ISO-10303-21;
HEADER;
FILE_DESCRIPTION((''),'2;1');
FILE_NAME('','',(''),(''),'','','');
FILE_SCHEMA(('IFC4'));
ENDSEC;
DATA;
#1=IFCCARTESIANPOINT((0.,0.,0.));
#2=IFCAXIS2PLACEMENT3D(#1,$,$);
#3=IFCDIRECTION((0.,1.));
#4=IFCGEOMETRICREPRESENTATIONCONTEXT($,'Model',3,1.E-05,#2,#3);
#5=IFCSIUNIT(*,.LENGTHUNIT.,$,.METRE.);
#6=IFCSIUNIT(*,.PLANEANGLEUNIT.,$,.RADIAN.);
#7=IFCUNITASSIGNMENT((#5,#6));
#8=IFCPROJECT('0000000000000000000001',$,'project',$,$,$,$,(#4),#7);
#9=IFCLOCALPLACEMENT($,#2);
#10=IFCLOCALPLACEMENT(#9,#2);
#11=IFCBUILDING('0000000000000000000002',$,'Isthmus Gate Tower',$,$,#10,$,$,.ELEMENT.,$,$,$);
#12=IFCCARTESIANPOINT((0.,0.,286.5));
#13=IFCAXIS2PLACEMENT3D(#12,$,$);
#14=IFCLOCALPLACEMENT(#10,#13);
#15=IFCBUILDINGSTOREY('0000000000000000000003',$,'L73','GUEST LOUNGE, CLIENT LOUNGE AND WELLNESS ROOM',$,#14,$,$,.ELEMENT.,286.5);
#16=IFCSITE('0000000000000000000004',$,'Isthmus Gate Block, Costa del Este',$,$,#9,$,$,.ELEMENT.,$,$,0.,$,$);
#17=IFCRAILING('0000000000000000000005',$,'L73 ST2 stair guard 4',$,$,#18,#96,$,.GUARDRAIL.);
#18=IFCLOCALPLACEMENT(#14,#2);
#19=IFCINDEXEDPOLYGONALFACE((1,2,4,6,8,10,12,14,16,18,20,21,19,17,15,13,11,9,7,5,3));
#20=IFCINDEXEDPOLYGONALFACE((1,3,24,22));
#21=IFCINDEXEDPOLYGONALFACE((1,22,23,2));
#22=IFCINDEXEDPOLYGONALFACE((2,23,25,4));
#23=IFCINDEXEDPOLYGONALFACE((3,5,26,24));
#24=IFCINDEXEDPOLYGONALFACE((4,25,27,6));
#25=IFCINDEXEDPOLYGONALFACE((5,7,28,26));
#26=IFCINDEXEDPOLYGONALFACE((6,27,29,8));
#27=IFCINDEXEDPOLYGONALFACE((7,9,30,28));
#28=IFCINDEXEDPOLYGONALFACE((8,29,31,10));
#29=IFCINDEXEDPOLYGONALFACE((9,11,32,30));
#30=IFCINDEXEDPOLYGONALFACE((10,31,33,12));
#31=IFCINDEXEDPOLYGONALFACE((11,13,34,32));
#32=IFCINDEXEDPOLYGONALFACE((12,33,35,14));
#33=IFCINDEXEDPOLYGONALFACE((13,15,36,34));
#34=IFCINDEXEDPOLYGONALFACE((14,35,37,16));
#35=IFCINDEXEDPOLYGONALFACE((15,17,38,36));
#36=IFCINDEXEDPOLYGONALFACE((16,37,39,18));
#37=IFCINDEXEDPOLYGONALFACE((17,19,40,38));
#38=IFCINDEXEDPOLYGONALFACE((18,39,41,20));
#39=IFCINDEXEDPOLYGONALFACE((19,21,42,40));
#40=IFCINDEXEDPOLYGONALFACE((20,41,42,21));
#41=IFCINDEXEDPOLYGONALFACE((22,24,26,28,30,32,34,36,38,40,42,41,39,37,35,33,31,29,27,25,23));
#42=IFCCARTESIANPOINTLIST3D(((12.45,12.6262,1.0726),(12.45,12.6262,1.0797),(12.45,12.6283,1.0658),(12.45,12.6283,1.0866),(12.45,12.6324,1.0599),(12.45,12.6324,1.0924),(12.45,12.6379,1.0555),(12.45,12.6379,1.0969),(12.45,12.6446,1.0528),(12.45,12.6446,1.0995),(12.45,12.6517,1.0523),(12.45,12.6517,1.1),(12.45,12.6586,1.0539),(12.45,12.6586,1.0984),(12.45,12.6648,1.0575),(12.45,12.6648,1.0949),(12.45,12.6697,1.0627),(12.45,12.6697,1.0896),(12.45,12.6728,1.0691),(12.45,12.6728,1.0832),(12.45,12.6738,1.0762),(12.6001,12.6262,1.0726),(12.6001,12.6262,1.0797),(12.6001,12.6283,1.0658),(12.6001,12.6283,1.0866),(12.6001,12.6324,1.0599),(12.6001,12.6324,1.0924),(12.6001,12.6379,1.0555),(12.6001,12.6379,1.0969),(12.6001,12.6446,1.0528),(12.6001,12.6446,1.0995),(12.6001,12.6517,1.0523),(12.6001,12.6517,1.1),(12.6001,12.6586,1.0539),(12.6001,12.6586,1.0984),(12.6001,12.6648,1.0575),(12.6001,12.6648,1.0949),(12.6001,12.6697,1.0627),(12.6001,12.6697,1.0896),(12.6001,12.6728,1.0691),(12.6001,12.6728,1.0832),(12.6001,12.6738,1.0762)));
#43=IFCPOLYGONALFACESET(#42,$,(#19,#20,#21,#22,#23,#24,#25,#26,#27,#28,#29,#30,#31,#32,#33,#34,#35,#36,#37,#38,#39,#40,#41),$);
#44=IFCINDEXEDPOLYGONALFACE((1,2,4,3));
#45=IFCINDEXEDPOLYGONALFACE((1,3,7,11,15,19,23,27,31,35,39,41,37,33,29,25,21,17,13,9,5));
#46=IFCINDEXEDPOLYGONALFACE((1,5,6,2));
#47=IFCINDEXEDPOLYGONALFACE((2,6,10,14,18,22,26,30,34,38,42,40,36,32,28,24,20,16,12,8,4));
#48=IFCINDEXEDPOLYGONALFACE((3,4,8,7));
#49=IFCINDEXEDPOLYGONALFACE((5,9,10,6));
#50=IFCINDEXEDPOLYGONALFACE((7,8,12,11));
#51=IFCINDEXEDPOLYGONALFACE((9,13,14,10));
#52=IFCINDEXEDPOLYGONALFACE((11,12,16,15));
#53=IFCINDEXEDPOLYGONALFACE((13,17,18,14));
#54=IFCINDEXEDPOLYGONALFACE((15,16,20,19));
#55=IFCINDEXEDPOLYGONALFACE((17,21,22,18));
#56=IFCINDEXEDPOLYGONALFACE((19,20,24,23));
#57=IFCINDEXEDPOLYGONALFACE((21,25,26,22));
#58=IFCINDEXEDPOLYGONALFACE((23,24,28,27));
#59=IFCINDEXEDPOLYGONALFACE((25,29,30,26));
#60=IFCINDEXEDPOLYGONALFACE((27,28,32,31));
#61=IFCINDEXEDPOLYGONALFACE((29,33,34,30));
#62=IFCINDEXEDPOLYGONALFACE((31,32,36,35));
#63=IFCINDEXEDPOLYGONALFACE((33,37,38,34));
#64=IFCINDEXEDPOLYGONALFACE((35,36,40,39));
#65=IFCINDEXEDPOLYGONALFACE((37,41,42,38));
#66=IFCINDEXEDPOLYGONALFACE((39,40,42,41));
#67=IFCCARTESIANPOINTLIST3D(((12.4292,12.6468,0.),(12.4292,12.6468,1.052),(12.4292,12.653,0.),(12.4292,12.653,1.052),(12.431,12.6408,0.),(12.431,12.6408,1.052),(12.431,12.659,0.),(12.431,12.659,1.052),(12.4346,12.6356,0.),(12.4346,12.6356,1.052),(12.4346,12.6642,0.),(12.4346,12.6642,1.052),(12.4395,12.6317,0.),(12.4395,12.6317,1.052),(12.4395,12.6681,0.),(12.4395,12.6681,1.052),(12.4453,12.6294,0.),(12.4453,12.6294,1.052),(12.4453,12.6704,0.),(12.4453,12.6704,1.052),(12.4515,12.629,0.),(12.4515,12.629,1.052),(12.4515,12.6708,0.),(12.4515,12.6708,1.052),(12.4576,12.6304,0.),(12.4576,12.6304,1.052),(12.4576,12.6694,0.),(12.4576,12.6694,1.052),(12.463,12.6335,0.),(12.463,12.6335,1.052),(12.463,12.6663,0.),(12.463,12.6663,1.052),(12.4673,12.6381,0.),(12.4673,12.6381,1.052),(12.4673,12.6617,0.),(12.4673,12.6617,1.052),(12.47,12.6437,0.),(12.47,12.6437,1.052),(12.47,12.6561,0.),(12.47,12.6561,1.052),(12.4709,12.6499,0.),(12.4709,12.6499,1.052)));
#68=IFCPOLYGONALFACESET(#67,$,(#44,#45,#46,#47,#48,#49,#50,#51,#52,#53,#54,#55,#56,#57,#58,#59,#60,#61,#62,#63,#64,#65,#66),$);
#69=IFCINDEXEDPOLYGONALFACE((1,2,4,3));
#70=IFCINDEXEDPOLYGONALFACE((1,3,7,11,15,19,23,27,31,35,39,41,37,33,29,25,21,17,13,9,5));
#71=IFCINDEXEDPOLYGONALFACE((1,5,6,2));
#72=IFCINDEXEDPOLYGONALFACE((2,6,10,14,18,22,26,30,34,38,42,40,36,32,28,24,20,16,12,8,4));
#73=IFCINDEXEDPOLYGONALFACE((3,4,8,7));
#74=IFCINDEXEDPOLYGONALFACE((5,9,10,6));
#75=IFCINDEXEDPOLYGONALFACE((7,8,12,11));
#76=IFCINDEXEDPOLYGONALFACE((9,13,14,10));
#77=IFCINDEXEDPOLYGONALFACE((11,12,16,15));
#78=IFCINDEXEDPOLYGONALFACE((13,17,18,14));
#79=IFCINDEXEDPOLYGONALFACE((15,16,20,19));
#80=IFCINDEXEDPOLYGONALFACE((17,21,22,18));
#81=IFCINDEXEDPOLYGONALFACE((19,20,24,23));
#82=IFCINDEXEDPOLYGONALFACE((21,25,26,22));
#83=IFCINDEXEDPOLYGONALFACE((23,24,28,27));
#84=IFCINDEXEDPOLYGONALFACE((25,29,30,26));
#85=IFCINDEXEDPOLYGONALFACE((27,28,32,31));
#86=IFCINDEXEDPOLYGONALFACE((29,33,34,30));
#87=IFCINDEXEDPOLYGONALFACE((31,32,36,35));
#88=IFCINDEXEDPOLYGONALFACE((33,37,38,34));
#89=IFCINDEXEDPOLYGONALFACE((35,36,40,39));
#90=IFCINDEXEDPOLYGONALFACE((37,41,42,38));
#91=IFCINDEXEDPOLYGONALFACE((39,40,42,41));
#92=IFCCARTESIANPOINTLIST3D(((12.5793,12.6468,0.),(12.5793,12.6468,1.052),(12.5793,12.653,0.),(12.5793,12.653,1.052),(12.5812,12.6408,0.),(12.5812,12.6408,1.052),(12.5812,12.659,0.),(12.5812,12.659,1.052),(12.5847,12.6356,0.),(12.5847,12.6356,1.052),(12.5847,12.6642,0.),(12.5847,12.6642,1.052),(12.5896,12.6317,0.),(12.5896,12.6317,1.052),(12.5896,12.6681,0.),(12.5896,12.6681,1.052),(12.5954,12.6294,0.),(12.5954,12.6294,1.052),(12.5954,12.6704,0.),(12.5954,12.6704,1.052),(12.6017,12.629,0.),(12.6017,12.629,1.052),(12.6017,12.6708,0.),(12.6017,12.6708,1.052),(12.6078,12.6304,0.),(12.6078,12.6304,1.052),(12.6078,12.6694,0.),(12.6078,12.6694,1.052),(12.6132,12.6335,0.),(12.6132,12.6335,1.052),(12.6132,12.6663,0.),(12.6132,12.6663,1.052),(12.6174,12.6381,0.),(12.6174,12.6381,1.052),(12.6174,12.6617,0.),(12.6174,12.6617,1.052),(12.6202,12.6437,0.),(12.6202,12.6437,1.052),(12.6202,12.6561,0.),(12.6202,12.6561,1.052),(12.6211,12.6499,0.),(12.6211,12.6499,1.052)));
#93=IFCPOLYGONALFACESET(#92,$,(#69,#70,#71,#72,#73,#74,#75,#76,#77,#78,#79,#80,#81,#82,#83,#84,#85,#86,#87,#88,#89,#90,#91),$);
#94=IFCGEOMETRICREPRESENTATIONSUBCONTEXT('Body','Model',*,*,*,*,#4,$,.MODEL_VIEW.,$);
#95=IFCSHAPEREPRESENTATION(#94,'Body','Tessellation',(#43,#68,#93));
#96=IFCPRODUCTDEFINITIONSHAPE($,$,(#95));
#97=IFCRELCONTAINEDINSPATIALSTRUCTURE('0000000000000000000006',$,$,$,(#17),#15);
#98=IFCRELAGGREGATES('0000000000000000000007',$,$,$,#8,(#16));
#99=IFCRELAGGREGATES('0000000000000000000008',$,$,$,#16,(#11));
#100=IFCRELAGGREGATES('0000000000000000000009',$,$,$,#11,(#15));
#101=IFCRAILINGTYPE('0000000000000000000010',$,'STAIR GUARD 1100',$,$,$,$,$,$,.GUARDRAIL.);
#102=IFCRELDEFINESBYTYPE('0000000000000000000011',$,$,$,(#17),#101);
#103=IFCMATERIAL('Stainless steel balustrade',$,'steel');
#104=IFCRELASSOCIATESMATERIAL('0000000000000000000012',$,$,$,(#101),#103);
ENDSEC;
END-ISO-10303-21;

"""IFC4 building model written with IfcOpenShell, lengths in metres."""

from ifc_helpers import new_model, si_unit, direction, frame, origin, origin_2d, place, context, subcontext, project, spatial, circle, extrude, material, type_object, element, save


model = new_model("IFC4")

# Units and contexts
model_context = context("Model", 3, precision=1e-05, world=origin(), true_north=direction((0.0, 1.0)))
body_context = subcontext(model_context, "Body", "Model", "MODEL_VIEW")
ifc_project = project(units=[si_unit("LENGTHUNIT", "METRE"), si_unit("PLANEANGLEUNIT", "RADIAN")], contexts=[model_context])

# Site, building, storey
site_placement = place(None, origin())
site = spatial("IfcSite", under=ifc_project, at=site_placement, Name="Isthmus Gate Block, Costa del Este", CompositionType="ELEMENT", RefElevation=0.0)
building_placement = place(site_placement, origin())
building = spatial("IfcBuilding", under=site, at=building_placement, Name="Isthmus Gate Tower", CompositionType="ELEMENT")
storey_placement = place(building_placement, frame((0.0, 0.0, 286.5)))
storey = spatial("IfcBuildingStorey", under=building, at=storey_placement, Name="L73", Description="GUEST LOUNGE, CLIENT LOUNGE AND WELLNESS ROOM", CompositionType="ELEMENT", Elevation=286.5)

# Railing
ifc_material_1 = material(Name="Stainless steel balustrade", Category="steel")
railing_type_1 = type_object("IfcRailingType", Name="STAIR GUARD 1100", PredefinedType="GUARDRAIL", material=ifc_material_1)
railing_1_placement = place(storey_placement, frame((12.45, 12.6499, 0.0)))
element("IfcRailing", 1, at=railing_1_placement, inside=storey, type_object=railing_type_1, Name="L73 ST2 stair guard 4", PredefinedType="GUARDRAIL", context=body_context, shape_type="SweptSolid", body=[
    extrude(circle(Radius=0.0239, at=origin_2d()), frame((0.0, 0.0, 1.0762), z_axis=(1.0, 0.0, 0.0), x_axis=(0.0, 1.0, 0.0)), (0.0, 0.0, 1.0), 0.1501),
    extrude(circle(Radius=0.021, at=origin_2d()), origin(), (0.0, 0.0, 1.0), 1.052),
    extrude(circle(Radius=0.021, at=origin_2d()), frame((0.1501, 0.0, 0.0)), (0.0, 0.0, 1.0), 1.052),
])

save(model, "model.ifc")
